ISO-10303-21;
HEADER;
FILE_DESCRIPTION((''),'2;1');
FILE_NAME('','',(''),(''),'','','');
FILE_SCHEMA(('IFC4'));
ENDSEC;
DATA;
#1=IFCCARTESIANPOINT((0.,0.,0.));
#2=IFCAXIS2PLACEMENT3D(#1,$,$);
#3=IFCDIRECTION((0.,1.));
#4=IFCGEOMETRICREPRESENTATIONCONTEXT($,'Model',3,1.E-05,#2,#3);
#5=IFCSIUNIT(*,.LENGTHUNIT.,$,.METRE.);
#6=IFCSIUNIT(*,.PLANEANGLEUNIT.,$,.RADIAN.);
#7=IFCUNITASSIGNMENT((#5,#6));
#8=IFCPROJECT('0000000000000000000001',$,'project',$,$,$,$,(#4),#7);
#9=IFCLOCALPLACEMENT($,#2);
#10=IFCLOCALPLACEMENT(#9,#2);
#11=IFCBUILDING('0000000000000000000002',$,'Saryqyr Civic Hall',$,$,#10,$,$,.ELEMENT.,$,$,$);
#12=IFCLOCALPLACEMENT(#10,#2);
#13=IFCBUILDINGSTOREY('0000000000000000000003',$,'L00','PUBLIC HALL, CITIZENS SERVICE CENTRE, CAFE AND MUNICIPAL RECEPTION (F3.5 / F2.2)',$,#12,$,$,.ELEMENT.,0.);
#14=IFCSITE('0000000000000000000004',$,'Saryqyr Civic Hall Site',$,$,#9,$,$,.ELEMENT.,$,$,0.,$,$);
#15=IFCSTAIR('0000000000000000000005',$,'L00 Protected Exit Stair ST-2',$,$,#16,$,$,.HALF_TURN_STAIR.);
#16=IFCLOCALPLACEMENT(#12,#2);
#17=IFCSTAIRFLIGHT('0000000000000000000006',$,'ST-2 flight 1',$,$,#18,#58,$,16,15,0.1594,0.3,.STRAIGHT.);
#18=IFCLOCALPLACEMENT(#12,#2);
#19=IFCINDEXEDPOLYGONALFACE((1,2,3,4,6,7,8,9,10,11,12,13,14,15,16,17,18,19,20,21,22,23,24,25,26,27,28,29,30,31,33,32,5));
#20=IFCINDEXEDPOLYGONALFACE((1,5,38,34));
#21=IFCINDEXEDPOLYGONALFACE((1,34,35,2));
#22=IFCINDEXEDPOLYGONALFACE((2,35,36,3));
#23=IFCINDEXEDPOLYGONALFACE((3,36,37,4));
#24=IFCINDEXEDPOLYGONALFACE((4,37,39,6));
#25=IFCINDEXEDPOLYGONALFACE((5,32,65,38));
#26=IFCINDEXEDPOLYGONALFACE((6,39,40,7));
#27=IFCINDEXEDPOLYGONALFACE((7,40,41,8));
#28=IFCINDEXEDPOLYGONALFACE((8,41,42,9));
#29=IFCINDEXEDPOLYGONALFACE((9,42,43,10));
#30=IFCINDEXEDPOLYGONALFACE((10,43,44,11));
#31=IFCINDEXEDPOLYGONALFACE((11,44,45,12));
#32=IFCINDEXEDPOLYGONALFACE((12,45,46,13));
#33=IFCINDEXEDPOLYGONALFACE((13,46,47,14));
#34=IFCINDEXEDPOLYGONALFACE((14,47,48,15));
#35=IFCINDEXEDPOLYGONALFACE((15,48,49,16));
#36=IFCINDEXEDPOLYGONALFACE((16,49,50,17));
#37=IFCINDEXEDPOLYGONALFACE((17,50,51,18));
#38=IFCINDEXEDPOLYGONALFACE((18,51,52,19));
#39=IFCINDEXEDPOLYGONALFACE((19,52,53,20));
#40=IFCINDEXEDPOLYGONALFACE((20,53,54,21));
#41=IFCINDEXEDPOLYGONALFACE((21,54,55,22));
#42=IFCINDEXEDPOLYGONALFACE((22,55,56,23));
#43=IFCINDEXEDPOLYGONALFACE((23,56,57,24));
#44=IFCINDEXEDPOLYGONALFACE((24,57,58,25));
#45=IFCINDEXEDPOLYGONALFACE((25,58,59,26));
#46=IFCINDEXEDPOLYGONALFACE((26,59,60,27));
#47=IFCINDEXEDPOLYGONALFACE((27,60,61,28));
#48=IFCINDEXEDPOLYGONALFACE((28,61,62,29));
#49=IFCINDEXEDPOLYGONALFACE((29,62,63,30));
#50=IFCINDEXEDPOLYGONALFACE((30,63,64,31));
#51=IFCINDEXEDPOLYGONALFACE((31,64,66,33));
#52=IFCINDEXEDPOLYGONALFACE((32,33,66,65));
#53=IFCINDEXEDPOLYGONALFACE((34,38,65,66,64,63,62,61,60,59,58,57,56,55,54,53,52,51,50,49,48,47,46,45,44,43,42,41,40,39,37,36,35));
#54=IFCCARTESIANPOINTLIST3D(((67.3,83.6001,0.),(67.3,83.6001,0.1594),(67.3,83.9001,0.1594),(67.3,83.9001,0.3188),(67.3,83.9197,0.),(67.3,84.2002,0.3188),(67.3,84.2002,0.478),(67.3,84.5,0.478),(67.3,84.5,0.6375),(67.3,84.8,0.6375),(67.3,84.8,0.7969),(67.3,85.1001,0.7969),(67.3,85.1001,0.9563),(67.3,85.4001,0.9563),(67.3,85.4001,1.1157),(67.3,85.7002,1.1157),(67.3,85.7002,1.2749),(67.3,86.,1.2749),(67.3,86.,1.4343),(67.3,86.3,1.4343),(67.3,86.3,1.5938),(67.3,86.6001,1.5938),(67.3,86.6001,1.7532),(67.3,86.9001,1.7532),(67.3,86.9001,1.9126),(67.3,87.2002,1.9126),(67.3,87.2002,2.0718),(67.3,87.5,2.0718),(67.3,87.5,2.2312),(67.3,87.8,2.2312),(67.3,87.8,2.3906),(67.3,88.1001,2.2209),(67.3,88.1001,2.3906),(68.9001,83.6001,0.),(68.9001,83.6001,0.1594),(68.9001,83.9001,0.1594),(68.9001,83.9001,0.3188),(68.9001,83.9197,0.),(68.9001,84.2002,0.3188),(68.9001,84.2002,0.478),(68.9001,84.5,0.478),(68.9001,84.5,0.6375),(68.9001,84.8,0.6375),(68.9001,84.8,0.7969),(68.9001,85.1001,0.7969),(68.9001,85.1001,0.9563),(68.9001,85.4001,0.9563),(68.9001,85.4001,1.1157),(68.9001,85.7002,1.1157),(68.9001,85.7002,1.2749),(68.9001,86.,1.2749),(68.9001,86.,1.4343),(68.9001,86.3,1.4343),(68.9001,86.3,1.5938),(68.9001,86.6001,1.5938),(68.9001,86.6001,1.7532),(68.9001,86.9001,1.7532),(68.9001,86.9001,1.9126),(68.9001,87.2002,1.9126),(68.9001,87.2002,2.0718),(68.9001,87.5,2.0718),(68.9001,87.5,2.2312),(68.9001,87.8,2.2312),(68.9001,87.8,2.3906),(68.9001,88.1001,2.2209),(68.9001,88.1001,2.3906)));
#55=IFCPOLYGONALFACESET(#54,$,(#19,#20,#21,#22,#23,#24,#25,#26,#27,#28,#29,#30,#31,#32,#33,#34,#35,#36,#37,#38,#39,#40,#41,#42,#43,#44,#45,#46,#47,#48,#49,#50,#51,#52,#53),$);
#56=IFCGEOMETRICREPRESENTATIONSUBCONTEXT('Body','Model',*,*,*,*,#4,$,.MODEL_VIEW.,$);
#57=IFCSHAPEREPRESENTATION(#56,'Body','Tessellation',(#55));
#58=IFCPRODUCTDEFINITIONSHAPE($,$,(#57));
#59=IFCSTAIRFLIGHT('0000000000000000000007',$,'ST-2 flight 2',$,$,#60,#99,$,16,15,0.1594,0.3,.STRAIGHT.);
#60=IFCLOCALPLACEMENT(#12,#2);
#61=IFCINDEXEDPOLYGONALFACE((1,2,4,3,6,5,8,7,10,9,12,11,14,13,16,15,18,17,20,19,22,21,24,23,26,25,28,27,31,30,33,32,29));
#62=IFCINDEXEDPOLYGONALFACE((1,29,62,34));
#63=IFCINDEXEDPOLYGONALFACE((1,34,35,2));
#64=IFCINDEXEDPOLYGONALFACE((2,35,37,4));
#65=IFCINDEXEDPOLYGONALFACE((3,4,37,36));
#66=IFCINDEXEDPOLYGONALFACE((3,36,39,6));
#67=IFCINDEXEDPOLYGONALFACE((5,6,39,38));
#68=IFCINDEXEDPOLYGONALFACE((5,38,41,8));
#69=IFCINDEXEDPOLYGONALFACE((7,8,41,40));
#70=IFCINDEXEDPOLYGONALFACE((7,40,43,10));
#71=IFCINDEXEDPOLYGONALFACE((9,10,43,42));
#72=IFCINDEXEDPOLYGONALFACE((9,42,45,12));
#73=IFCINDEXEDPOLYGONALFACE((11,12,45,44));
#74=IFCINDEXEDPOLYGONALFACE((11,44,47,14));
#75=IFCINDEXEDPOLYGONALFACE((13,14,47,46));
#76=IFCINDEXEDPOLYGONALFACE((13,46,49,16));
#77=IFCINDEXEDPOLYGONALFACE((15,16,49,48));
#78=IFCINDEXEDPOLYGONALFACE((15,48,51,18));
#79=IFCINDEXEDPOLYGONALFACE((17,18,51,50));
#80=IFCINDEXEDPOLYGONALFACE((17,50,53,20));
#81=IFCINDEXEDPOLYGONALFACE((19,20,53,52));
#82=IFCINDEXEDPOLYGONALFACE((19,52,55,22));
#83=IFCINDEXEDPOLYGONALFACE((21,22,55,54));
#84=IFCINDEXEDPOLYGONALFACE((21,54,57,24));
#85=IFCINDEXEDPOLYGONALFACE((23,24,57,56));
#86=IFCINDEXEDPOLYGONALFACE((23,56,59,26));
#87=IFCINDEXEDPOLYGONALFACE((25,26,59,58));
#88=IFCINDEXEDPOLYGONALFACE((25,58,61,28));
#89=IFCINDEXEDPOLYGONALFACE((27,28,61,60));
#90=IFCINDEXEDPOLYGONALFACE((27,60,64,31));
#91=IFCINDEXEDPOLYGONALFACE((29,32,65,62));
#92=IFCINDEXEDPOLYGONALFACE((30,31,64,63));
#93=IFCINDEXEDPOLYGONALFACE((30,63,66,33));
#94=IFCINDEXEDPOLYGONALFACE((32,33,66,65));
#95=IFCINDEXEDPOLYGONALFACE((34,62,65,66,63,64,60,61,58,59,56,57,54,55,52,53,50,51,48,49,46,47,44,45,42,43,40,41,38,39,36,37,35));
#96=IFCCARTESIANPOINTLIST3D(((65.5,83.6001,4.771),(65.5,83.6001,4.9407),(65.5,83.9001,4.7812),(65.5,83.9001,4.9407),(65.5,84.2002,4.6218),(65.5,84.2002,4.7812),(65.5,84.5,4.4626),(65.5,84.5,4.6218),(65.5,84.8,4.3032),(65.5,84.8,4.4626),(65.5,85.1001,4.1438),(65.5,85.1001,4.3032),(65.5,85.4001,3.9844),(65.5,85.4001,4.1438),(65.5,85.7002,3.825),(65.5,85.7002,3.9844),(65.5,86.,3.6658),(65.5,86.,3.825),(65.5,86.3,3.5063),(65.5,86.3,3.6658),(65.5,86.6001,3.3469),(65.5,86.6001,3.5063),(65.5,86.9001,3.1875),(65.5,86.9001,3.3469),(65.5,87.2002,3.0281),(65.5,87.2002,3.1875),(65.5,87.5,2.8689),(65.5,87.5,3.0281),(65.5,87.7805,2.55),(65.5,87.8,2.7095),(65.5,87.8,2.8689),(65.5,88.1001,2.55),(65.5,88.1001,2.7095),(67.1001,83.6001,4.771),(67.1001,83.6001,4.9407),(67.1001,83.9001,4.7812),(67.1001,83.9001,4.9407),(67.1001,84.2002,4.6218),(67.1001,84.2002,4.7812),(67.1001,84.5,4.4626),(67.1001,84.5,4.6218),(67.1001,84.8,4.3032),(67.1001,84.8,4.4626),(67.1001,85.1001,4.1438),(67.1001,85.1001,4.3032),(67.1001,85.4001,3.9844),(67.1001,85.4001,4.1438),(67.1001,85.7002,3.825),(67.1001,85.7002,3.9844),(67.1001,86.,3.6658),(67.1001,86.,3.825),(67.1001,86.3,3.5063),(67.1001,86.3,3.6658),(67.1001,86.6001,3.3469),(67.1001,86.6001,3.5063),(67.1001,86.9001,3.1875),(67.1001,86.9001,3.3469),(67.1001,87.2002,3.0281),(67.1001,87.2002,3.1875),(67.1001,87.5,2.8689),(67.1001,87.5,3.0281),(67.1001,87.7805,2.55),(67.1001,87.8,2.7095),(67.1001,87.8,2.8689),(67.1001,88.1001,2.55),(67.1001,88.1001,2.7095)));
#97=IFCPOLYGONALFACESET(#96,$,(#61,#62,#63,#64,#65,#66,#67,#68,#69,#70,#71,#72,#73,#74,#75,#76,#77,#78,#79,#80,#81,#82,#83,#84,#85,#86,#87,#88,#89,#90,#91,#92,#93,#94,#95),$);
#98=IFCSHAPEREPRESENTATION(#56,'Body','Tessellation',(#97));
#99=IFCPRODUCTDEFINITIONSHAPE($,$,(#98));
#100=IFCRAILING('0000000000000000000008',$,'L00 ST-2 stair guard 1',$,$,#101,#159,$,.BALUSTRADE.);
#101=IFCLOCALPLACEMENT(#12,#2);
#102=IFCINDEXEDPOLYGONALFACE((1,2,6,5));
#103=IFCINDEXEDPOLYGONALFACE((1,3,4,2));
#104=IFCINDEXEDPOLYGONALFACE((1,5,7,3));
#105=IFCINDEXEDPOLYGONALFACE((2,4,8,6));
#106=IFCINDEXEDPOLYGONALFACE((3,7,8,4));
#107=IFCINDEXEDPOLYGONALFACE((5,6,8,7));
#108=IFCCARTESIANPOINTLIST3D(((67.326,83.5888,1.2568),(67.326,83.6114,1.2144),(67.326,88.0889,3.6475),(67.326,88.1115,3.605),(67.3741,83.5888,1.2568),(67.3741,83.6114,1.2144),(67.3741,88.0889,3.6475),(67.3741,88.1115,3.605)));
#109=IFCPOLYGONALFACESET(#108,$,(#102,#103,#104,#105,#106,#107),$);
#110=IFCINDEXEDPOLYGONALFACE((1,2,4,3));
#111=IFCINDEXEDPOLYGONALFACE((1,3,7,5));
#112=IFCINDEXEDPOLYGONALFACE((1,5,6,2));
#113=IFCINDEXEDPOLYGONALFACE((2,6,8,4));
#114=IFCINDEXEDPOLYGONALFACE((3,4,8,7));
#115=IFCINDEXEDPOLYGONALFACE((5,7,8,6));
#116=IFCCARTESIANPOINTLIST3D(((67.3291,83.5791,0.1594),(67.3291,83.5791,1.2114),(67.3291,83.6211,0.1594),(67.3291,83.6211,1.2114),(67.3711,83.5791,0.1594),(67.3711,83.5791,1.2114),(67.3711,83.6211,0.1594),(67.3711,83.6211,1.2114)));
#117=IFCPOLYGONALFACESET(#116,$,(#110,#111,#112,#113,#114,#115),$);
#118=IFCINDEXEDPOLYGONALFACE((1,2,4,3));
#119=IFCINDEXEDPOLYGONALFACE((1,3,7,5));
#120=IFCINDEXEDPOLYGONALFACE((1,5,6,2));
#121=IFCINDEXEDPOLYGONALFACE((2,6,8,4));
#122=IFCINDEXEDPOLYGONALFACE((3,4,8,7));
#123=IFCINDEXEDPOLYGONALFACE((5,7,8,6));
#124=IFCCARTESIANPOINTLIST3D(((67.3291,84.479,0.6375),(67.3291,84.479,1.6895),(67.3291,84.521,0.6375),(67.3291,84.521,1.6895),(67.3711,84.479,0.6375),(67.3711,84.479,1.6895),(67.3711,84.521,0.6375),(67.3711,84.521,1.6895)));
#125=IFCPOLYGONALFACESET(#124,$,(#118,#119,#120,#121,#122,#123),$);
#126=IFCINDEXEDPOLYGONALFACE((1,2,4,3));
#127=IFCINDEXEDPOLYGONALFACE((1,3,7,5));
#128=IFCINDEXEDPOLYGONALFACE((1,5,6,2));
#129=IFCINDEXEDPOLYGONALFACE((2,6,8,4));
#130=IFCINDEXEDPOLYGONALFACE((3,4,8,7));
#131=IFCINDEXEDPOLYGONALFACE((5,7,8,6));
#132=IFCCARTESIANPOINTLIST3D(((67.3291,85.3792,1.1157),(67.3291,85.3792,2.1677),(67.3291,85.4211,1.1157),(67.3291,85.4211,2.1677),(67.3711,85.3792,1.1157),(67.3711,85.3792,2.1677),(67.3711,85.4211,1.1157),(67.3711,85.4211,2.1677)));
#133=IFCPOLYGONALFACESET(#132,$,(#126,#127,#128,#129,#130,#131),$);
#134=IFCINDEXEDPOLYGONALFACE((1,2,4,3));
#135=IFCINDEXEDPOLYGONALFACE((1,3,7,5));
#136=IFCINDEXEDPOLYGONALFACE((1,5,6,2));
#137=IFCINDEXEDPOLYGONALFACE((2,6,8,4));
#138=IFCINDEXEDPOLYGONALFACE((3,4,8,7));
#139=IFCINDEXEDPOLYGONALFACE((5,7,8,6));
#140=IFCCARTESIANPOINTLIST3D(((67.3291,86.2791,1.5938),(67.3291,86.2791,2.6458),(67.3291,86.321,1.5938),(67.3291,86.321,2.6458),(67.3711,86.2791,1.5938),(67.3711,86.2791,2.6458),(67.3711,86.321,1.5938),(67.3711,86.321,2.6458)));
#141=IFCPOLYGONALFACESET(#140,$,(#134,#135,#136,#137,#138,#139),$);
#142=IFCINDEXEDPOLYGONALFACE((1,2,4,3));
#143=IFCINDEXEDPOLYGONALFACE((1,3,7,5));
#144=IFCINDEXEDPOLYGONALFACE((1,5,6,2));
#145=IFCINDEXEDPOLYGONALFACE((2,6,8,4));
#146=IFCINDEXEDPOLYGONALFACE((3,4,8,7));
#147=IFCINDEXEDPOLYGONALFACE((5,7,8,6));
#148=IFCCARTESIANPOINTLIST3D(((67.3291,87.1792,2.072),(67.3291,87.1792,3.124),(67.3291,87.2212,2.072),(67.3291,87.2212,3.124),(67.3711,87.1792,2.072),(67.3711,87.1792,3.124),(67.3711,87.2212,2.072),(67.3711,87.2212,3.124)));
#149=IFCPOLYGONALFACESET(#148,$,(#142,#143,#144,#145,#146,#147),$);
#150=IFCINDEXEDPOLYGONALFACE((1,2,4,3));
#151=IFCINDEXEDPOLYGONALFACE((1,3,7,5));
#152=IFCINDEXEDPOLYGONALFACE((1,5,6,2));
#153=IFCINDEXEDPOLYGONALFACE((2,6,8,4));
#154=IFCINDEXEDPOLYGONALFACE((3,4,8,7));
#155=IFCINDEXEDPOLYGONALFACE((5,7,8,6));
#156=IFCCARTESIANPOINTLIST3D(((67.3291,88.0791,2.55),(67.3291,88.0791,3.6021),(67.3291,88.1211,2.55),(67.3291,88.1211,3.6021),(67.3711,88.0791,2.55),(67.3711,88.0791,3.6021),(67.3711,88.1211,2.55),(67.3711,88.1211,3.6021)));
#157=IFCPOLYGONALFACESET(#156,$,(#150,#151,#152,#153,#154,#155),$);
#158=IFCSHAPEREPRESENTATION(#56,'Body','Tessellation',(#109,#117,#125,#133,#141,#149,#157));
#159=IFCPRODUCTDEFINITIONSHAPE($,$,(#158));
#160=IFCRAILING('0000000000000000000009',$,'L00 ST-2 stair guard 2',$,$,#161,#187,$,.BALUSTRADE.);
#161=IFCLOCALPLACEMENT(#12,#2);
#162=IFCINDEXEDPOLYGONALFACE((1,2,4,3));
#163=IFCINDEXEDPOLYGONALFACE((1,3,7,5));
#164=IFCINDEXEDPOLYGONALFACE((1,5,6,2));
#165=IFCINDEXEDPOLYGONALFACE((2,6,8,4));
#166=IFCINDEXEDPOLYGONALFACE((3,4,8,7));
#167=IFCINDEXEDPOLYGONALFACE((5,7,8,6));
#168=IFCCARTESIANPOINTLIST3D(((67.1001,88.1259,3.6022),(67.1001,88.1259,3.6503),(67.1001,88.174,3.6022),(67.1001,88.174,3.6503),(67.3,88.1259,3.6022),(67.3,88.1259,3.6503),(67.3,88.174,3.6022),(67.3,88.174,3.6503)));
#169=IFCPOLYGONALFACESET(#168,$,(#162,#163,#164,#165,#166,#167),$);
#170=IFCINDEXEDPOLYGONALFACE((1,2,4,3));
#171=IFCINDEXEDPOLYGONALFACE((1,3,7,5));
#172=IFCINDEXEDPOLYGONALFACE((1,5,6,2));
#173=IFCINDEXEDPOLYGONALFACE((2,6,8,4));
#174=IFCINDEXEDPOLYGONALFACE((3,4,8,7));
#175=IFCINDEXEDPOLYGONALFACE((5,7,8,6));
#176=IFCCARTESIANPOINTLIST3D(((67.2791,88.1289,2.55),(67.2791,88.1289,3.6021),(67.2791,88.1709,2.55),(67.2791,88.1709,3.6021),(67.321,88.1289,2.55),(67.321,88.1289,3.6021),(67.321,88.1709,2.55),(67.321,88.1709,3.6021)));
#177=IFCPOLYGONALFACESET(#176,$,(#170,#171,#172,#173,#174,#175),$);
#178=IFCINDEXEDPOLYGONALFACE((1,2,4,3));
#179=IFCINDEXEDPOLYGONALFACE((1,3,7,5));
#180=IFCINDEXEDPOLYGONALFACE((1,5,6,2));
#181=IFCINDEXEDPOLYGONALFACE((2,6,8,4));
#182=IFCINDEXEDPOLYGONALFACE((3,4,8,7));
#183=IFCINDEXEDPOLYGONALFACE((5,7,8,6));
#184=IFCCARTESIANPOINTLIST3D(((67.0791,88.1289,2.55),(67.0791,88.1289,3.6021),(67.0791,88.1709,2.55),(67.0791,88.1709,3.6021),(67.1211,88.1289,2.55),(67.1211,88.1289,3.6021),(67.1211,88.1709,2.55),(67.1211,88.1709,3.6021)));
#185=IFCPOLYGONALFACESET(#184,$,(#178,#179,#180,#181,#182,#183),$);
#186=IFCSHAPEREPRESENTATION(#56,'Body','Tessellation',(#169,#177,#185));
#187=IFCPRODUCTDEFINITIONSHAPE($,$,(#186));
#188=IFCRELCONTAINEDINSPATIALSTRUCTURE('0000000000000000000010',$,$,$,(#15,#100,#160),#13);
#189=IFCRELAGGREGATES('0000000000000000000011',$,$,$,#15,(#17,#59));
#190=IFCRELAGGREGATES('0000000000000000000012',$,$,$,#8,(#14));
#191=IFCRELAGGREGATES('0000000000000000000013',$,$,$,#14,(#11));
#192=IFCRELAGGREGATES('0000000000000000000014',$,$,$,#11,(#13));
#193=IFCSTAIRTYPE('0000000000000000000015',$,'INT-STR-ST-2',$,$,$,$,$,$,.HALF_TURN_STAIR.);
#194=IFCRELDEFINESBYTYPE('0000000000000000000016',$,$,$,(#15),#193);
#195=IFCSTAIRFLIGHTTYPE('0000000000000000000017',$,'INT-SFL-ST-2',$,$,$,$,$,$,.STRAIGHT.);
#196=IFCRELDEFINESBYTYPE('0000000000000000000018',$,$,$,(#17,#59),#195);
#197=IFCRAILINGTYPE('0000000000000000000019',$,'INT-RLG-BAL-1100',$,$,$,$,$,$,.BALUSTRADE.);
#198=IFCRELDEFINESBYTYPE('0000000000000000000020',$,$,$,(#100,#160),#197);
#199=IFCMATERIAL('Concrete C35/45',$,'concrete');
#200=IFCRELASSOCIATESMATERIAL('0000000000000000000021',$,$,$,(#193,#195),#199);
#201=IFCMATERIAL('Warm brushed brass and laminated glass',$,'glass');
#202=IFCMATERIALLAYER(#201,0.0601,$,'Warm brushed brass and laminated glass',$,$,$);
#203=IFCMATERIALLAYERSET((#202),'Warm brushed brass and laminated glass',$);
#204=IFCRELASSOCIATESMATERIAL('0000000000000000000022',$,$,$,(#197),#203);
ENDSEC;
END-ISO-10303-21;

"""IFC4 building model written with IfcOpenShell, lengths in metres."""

from ifc_helpers import new_model, si_unit, direction, frame, origin, origin_2d, place, context, subcontext, project, spatial, polyline, rectangle, outline, extrude, material, layer, layer_set, type_object, element, aggregate, save


model = new_model("IFC4")

# Units and contexts
model_context = context("Model", 3, precision=1e-05, world=origin(), true_north=direction((0.0, 1.0)))
body_context = subcontext(model_context, "Body", "Model", "MODEL_VIEW")
ifc_project = project(units=[si_unit("LENGTHUNIT", "METRE"), si_unit("PLANEANGLEUNIT", "RADIAN")], contexts=[model_context])

# Site, building, storey
site_placement = place(None, origin())
site = spatial("IfcSite", under=ifc_project, at=site_placement, Name="Saryqyr Civic Hall Site", CompositionType="ELEMENT", RefElevation=0.0)
building_placement = place(site_placement, origin())
building = spatial("IfcBuilding", under=site, at=building_placement, Name="Saryqyr Civic Hall", CompositionType="ELEMENT")
storey_placement = place(building_placement, origin())
storey = spatial("IfcBuildingStorey", under=building, at=storey_placement, Name="L00", Description="PUBLIC HALL, CITIZENS SERVICE CENTRE, CAFE AND MUNICIPAL RECEPTION (F3.5 / F2.2)", CompositionType="ELEMENT", Elevation=0.0)

# Stair, stair flights
ifc_material_1 = material(Name="Concrete C35/45", Category="concrete")
stair_type = type_object("IfcStairType", Name="INT-STR-ST-2", PredefinedType="HALF_TURN_STAIR", material=ifc_material_1)
stair_placement = place(storey_placement, origin())
stair = element("IfcStair", 1, at=stair_placement, inside=storey, type_object=stair_type, Name="L00 Protected Exit Stair ST-2", PredefinedType="HALF_TURN_STAIR")
stair_flight_type = type_object("IfcStairFlightType", Name="INT-SFL-ST-2", PredefinedType="STRAIGHT", material=ifc_material_1)
stair_flight_1_placement = place(storey_placement, frame((68.1001, 83.6001, 0.0), z_axis=(0.0, 0.0, 1.0), x_axis=(0.0, 1.0, 0.0)))
stair_flight_1 = element("IfcStairFlight", 2, at=stair_flight_1_placement, type_object=stair_flight_type, Name="ST-2 flight 1", NumberOfRisers=16, NumberOfTreads=15, PredefinedType="STRAIGHT", RiserHeight=0.1594, TreadLength=0.3, context=body_context, shape_type="SweptSolid", body=[
    extrude(outline(polyline([(0.0, 0.0), (0.0, 0.1594), (0.3, 0.1594), (0.3, 0.3188), (0.6001, 0.3188), (0.6001, 0.478), (0.8999, 0.478), (0.8999, 0.6375), (1.2, 0.6375), (1.2, 0.7969), (1.5, 0.7969), (1.5, 0.9563), (1.8, 0.9563), (1.8, 1.1157), (2.1001, 1.1157), (2.1001, 1.2749), (2.3999, 1.2749), (2.3999, 1.4343), (2.7, 1.4343), (2.7, 1.5938), (3.0, 1.5938), (3.0, 1.7532), (3.3, 1.7532), (3.3, 1.9126), (3.6001, 1.9126), (3.6001, 2.0718), (3.8999, 2.0718), (3.8999, 2.2312), (4.2, 2.2312), (4.2, 2.3906), (4.5, 2.3906), (4.5, 2.55), (4.5, 2.2209), (0.3196, 0.0), (0.0, 0.0)])), frame((0.0, 0.8, 0.0), z_axis=(0.0, -1.0, 0.0), x_axis=(1.0, 0.0, 0.0)), (0.0, 0.0, 1.0), 1.6001),
])
stair_flight_2_placement = place(storey_placement, frame((66.3, 88.1001, 2.55), z_axis=(0.0, 0.0, 1.0), x_axis=(0.0, -1.0, 0.0)))
stair_flight_2 = element("IfcStairFlight", 3, at=stair_flight_2_placement, type_object=stair_flight_type, Name="ST-2 flight 2", NumberOfRisers=16, NumberOfTreads=15, PredefinedType="STRAIGHT", RiserHeight=0.1594, TreadLength=0.3, context=body_context, shape_type="SweptSolid", body=[
    extrude(outline(polyline([(0.0, 0.0), (0.0, 0.1594), (0.3, 0.1594), (0.3, 0.3188), (0.6001, 0.3188), (0.6001, 0.478), (0.8999, 0.478), (0.8999, 0.6375), (1.2, 0.6375), (1.2, 0.7969), (1.5, 0.7969), (1.5, 0.9563), (1.8, 0.9563), (1.8, 1.1157), (2.1001, 1.1157), (2.1001, 1.2749), (2.3999, 1.2749), (2.3999, 1.4343), (2.7, 1.4343), (2.7, 1.5938), (3.0, 1.5938), (3.0, 1.7532), (3.3, 1.7532), (3.3, 1.9126), (3.6001, 1.9126), (3.6001, 2.0718), (3.8999, 2.0718), (3.8999, 2.2312), (4.2, 2.2312), (4.2, 2.3906), (4.5, 2.3906), (4.5, 2.55), (4.5, 2.2209), (0.3196, 0.0), (0.0, 0.0)])), frame((0.0, 0.8, 0.0), z_axis=(0.0, -1.0, 0.0), x_axis=(1.0, 0.0, 0.0)), (0.0, 0.0, 1.0), 1.6001),
])
aggregate(stair, [stair_flight_1, stair_flight_2])

# Railings
ifc_material_2 = material(Name="Warm brushed brass and laminated glass", Category="glass")
ifc_layer_1 = layer(ifc_material_2, 0.0601, Name="Warm brushed brass and laminated glass")
ifc_layer_set_1 = layer_set([ifc_layer_1], Name="Warm brushed brass and laminated glass")
railing_type_1 = type_object("IfcRailingType", Name="INT-RLG-BAL-1100", PredefinedType="BALUSTRADE", material=ifc_layer_set_1)
railing_1_placement = place(storey_placement, frame((67.3501, 83.6001, 0.1594)))
element("IfcRailing", 4, at=railing_1_placement, inside=storey, type_object=railing_type_1, Name="L00 ST-2 stair guard 1", PredefinedType="BALUSTRADE", context=body_context, shape_type="SweptSolid", body=[
    extrude(rectangle(XDim=0.0481, YDim=0.0481, at=origin_2d()), frame((0.0, 0.0, 1.0762), z_axis=(0.0, 0.883116, 0.469155), x_axis=(-1.0, 0.0, 0.0)), (0.0, 0.0, 1.0), 5.0957),
    extrude(rectangle(XDim=0.042, YDim=0.042, at=origin_2d()), origin(), (0.0, 0.0, 1.0), 1.052),
    extrude(rectangle(XDim=0.042, YDim=0.042, at=origin_2d()), frame((0.0, 0.8999, 0.478)), (0.0, 0.0, 1.0), 1.052),
    extrude(rectangle(XDim=0.042, YDim=0.042, at=origin_2d()), frame((0.0, 1.8, 0.9563)), (0.0, 0.0, 1.0), 1.052),
    extrude(rectangle(XDim=0.042, YDim=0.042, at=origin_2d()), frame((0.0, 2.7, 1.4343)), (0.0, 0.0, 1.0), 1.052),
    extrude(rectangle(XDim=0.042, YDim=0.042, at=origin_2d()), frame((0.0, 3.6001, 1.9126)), (0.0, 0.0, 1.0), 1.052),
    extrude(rectangle(XDim=0.042, YDim=0.042, at=origin_2d()), frame((0.0, 4.5, 2.3906)), (0.0, 0.0, 1.0), 1.052),
])
railing_2_placement = place(storey_placement, frame((67.3, 88.1499, 2.55)))
element("IfcRailing", 5, at=railing_2_placement, inside=storey, type_object=railing_type_1, Name="L00 ST-2 stair guard 2", PredefinedType="BALUSTRADE", context=body_context, shape_type="SweptSolid", body=[
    extrude(rectangle(XDim=0.0481, YDim=0.0481, at=origin_2d()), frame((0.0, 0.0, 1.0762), z_axis=(-1.0, 0.0, 0.0), x_axis=(0.0, -1.0, 0.0)), (0.0, 0.0, 1.0), 0.2),
    extrude(rectangle(XDim=0.042, YDim=0.042, at=origin_2d()), origin(), (0.0, 0.0, 1.0), 1.052),
    extrude(rectangle(XDim=0.042, YDim=0.042, at=origin_2d()), frame((-0.2, 0.0, 0.0)), (0.0, 0.0, 1.0), 1.052),
])

save(model, "model.ifc")
